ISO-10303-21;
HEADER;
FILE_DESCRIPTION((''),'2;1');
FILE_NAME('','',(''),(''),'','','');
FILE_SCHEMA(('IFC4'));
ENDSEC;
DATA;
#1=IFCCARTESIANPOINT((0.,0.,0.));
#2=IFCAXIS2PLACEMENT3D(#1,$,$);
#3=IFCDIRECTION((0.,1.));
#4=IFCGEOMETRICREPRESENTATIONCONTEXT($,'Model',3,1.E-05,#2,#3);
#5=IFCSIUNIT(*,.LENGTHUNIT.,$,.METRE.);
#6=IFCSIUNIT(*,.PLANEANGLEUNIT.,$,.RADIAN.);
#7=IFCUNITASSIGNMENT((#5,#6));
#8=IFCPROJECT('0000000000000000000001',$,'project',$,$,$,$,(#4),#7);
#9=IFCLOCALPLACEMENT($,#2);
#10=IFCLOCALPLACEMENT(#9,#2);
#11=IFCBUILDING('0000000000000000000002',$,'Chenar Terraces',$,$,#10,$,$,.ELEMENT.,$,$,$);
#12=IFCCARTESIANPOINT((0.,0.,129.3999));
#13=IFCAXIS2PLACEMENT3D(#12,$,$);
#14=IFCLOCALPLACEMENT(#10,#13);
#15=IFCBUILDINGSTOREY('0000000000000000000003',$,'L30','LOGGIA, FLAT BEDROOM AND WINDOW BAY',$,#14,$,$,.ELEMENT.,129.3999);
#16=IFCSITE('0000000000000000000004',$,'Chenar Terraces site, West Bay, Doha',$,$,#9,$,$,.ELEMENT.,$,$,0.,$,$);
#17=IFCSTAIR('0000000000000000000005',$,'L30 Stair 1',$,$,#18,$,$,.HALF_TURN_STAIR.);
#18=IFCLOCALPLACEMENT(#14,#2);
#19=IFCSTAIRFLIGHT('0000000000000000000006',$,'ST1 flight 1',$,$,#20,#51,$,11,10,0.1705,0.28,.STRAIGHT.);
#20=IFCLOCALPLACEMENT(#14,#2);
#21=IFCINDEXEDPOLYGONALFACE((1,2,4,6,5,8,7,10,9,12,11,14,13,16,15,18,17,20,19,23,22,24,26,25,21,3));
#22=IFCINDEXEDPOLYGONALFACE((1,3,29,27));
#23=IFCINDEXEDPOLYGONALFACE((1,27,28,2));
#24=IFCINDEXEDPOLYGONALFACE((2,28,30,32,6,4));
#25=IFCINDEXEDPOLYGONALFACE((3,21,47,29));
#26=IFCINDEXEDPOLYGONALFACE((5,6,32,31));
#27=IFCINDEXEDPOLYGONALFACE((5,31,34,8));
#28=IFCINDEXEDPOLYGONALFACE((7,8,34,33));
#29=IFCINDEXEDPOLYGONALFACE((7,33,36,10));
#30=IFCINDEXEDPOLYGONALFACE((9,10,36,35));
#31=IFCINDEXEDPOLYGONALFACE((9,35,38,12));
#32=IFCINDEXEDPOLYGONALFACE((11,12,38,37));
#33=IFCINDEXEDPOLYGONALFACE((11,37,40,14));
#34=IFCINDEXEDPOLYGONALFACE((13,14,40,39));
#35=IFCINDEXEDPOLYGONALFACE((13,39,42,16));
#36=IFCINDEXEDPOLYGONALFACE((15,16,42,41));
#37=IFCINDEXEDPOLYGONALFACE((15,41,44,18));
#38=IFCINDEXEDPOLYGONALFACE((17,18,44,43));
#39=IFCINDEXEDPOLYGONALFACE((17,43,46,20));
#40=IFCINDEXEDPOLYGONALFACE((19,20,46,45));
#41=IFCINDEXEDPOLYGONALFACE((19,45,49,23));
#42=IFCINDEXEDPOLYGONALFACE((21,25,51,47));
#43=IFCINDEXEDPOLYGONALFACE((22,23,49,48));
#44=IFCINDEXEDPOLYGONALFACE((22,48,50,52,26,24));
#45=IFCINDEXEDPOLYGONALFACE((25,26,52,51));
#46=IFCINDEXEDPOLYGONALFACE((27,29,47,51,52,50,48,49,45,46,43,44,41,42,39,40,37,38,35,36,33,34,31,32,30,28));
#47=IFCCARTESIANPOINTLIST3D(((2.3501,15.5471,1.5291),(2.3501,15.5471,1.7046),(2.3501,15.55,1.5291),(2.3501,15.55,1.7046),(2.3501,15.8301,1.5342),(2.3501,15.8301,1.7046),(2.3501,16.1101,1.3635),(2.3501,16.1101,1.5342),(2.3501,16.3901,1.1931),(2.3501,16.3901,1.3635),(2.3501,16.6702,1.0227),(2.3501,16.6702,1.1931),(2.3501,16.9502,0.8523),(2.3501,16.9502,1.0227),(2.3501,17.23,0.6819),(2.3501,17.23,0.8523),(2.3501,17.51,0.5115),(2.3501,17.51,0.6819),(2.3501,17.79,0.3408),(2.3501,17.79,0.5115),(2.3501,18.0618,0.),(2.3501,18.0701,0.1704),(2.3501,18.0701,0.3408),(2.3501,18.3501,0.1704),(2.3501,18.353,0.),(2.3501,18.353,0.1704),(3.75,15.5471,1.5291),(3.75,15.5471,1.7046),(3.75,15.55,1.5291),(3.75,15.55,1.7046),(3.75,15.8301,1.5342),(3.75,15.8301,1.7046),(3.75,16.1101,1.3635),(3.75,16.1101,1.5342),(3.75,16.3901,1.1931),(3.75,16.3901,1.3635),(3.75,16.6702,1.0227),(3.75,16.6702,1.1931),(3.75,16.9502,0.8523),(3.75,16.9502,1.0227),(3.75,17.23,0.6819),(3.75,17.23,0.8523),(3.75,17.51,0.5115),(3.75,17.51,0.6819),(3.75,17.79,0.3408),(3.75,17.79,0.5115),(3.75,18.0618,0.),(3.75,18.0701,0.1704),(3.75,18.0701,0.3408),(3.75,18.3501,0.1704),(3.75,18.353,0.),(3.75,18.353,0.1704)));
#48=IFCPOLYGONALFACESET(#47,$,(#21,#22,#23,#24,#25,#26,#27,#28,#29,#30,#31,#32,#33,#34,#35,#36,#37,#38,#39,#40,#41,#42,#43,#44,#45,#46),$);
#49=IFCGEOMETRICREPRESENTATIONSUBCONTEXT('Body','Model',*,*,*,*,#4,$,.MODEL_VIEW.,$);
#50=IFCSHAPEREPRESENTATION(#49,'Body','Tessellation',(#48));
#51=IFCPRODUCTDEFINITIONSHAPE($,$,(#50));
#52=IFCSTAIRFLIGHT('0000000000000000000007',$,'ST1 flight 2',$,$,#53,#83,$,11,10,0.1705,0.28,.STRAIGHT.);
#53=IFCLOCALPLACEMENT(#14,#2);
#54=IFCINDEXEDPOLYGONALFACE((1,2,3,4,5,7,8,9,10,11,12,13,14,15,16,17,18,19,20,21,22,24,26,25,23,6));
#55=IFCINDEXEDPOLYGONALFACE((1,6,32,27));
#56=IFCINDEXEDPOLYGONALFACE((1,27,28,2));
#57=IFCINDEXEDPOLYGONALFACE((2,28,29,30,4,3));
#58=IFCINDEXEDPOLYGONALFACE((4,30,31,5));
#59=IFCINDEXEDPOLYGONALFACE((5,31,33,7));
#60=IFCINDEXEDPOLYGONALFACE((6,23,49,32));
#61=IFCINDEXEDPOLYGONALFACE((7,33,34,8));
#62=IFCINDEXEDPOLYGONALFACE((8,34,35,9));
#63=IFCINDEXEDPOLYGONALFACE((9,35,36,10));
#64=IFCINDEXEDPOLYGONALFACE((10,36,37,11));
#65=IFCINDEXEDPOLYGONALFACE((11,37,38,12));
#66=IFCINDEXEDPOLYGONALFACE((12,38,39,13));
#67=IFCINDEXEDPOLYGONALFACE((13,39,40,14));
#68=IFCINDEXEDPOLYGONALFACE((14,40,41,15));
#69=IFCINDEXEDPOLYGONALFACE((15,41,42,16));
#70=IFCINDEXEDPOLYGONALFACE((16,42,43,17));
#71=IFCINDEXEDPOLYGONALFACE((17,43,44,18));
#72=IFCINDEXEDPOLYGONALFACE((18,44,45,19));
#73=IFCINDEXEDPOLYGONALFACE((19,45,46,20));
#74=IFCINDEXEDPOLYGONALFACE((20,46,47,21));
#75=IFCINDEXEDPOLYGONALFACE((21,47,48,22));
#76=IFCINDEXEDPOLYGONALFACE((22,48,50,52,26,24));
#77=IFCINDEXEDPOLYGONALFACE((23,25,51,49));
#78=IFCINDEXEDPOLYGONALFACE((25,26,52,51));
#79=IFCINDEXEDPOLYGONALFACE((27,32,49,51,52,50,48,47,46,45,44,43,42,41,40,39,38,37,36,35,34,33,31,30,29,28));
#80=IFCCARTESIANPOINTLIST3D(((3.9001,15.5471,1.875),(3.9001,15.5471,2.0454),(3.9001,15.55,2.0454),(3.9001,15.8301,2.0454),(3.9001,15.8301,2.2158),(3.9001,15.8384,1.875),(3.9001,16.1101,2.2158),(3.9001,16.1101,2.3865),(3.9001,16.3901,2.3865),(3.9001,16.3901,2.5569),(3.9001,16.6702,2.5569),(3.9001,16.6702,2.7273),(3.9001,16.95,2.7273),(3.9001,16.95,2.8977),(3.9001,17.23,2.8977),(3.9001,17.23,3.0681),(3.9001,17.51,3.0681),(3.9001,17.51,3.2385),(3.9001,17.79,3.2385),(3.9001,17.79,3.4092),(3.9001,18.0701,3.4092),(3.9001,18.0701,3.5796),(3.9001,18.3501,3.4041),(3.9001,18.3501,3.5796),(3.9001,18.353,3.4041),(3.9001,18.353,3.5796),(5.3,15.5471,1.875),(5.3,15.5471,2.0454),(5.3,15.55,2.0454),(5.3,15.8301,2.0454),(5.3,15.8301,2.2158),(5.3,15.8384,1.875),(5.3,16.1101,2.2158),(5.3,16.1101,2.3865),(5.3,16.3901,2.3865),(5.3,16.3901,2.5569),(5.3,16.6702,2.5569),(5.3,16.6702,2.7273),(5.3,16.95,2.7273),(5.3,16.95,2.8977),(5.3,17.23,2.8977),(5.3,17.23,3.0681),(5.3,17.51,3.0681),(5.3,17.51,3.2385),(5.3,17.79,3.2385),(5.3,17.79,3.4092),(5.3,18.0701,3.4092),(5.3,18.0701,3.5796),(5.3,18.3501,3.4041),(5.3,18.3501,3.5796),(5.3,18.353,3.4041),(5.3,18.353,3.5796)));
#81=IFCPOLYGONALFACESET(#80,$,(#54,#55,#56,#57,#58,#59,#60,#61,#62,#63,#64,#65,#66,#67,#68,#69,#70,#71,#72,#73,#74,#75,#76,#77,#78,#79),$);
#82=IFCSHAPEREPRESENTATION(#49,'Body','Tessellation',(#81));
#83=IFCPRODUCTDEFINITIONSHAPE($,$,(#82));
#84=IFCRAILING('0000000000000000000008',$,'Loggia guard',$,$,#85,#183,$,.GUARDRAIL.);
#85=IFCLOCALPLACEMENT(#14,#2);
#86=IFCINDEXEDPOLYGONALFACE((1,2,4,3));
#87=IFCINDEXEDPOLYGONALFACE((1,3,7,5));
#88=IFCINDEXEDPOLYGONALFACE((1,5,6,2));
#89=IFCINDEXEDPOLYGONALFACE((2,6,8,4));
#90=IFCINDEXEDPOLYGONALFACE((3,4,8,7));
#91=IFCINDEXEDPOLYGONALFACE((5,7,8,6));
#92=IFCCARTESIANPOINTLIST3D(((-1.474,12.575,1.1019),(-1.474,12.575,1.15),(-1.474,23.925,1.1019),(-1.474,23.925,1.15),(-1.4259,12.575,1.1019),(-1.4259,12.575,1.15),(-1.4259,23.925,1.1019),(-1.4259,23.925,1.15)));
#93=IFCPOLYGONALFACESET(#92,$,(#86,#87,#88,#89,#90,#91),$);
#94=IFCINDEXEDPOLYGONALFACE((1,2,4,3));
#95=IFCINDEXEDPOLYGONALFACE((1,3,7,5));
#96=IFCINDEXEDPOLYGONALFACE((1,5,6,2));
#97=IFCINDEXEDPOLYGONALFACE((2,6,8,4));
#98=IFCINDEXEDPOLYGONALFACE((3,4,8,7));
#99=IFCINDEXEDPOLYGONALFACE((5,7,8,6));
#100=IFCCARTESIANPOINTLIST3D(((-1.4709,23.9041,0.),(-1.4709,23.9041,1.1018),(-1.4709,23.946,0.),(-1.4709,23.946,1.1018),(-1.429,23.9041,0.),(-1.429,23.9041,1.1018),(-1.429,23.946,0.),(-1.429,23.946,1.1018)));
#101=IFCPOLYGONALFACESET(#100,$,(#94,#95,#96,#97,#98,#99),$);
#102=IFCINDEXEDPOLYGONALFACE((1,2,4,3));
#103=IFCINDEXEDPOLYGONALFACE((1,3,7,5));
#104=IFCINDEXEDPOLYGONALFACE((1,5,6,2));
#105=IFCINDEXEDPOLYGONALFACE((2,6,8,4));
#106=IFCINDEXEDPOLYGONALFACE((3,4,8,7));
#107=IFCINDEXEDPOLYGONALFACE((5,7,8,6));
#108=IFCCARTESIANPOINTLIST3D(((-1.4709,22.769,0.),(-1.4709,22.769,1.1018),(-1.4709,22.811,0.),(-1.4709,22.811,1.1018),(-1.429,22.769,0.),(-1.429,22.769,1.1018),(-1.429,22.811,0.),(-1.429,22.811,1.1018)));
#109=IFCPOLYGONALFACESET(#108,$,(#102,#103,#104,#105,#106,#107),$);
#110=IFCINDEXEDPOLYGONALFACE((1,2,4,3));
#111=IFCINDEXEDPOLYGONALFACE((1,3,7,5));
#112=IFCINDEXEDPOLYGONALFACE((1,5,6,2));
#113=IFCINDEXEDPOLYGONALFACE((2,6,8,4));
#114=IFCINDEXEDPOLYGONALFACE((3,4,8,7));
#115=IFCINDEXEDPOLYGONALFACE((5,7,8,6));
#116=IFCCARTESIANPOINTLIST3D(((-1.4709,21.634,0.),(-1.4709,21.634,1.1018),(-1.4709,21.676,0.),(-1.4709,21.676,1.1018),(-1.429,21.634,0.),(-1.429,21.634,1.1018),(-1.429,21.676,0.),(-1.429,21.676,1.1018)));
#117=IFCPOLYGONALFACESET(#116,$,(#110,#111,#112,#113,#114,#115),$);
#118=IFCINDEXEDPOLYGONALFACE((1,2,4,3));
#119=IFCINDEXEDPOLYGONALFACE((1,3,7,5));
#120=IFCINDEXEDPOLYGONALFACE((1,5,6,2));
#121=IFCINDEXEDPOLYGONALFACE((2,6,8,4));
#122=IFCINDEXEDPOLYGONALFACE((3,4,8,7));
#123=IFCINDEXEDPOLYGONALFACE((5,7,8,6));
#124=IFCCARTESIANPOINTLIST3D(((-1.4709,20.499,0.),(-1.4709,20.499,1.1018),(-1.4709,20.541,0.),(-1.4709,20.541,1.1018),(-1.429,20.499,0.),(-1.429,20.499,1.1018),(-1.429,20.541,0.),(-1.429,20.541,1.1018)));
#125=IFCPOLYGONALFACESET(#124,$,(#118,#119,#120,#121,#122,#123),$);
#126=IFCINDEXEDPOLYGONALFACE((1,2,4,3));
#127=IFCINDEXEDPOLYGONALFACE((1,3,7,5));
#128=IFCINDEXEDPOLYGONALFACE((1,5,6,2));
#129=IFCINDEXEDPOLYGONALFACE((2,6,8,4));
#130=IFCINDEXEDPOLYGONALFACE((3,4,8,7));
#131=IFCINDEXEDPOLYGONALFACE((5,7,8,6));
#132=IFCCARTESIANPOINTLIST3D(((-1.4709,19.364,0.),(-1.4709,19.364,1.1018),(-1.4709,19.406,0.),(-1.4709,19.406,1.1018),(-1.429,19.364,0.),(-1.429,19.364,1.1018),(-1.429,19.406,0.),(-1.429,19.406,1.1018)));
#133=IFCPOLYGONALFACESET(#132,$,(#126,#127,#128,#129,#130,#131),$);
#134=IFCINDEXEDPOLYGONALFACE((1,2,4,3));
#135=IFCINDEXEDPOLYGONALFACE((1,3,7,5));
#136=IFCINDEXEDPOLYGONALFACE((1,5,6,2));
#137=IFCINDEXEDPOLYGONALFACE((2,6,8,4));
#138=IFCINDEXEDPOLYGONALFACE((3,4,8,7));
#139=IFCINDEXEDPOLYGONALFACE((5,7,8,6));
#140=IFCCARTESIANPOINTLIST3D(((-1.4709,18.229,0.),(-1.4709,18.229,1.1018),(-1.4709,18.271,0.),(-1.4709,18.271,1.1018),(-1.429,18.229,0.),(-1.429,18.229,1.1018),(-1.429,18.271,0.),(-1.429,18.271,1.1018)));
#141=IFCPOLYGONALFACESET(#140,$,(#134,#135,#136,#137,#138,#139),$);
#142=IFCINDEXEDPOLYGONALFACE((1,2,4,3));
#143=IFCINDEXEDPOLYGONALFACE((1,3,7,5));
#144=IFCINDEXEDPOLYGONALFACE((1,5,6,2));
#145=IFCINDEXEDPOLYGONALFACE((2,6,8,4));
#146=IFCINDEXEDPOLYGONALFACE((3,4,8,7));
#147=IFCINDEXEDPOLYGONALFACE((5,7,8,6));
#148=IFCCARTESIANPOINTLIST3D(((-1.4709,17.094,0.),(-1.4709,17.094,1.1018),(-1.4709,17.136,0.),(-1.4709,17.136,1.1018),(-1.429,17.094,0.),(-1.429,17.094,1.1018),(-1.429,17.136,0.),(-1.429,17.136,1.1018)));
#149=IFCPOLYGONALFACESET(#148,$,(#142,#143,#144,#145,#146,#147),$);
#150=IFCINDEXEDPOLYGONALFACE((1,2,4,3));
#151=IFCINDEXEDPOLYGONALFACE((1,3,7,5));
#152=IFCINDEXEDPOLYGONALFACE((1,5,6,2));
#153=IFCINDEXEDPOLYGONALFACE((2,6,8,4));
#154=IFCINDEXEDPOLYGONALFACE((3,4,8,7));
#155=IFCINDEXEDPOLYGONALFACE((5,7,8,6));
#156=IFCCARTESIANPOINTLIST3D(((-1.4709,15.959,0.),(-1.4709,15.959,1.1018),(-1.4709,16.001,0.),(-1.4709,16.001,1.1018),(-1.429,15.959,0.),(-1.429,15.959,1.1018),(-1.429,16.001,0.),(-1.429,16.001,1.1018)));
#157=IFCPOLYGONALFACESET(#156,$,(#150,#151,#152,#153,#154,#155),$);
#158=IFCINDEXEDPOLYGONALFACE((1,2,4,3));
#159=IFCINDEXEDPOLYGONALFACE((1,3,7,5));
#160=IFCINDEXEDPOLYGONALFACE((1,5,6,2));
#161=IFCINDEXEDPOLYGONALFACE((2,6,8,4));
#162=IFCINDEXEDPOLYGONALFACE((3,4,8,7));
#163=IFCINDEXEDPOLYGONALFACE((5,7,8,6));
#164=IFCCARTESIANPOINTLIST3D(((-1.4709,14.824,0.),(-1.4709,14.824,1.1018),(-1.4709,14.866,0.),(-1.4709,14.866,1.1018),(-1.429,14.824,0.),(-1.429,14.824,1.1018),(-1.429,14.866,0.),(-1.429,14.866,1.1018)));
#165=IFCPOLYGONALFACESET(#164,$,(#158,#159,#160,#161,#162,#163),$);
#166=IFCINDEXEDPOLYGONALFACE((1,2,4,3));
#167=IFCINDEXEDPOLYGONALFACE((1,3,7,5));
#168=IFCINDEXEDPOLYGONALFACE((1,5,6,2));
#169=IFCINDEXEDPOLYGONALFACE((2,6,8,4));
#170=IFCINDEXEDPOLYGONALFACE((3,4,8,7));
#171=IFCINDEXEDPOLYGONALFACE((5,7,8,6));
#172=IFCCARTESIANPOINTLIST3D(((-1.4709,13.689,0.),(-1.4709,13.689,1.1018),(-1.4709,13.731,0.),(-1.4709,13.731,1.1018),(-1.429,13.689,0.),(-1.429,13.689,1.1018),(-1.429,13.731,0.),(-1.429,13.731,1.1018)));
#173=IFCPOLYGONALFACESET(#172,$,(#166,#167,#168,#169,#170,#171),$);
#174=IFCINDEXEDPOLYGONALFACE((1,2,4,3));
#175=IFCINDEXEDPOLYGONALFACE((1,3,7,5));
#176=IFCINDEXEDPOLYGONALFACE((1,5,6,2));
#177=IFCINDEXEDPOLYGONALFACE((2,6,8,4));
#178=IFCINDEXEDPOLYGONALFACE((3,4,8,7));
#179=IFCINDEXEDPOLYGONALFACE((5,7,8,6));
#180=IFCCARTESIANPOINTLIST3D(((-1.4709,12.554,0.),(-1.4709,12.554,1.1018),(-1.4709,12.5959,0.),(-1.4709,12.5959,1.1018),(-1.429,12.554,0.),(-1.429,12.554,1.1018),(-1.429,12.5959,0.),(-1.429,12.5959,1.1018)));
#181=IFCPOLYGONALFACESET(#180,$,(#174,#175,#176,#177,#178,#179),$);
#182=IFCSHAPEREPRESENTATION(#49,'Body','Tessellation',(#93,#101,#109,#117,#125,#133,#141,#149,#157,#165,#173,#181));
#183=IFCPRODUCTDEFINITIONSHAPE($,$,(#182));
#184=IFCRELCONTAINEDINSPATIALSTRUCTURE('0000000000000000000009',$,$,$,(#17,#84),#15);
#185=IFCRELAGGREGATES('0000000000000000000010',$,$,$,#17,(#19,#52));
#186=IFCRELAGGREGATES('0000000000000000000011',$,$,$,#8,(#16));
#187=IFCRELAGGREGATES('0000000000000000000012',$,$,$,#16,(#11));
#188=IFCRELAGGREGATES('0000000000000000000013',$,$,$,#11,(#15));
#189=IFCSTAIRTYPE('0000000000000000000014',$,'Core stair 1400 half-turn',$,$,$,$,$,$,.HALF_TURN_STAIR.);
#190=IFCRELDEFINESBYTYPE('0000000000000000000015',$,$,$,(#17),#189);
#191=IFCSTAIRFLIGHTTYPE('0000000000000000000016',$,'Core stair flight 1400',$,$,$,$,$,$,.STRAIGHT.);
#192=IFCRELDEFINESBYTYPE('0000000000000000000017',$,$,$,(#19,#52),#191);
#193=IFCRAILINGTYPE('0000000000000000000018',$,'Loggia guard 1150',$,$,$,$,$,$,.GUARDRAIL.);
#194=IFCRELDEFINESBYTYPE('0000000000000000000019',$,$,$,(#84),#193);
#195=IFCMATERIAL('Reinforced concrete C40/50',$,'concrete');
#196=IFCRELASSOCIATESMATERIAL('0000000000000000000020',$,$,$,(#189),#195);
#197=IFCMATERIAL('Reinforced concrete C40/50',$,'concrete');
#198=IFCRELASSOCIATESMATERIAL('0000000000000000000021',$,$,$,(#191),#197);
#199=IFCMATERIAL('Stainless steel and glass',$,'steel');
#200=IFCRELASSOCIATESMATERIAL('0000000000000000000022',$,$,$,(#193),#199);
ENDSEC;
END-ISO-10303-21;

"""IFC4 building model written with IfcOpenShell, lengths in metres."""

from ifc_helpers import new_model, si_unit, direction, frame, origin, origin_2d, place, context, subcontext, project, spatial, polyline, rectangle, outline, extrude, material, type_object, element, aggregate, save


model = new_model("IFC4")

# Units and contexts
model_context = context("Model", 3, precision=1e-05, world=origin(), true_north=direction((0.0, 1.0)))
body_context = subcontext(model_context, "Body", "Model", "MODEL_VIEW")
ifc_project = project(units=[si_unit("LENGTHUNIT", "METRE"), si_unit("PLANEANGLEUNIT", "RADIAN")], contexts=[model_context])

# Site, building, storey
site_placement = place(None, origin())
site = spatial("IfcSite", under=ifc_project, at=site_placement, Name="Chenar Terraces site, West Bay, Doha", CompositionType="ELEMENT", RefElevation=0.0)
building_placement = place(site_placement, origin())
building = spatial("IfcBuilding", under=site, at=building_placement, Name="Chenar Terraces", CompositionType="ELEMENT")
storey_placement = place(building_placement, frame((0.0, 0.0, 129.3999)))
storey = spatial("IfcBuildingStorey", under=building, at=storey_placement, Name="L30", Description="LOGGIA, FLAT BEDROOM AND WINDOW BAY", CompositionType="ELEMENT", Elevation=129.3999)

# Stair, stair flights
ifc_material_1 = material(Name="Reinforced concrete C40/50", Category="concrete")
stair_type = type_object("IfcStairType", Name="Core stair 1400 half-turn", PredefinedType="HALF_TURN_STAIR", material=ifc_material_1)
stair_placement = place(storey_placement, origin())
stair = element("IfcStair", 1, at=stair_placement, inside=storey, type_object=stair_type, Name="L30 Stair 1", PredefinedType="HALF_TURN_STAIR")
ifc_material_2 = material(Name="Reinforced concrete C40/50", Category="concrete")
stair_flight_type = type_object("IfcStairFlightType", Name="Core stair flight 1400", PredefinedType="STRAIGHT", material=ifc_material_2)
stair_flight_1_placement = place(storey_placement, frame((3.05, 18.3501, 0.0), z_axis=(0.0, 0.0, 1.0), x_axis=(0.0, -1.0, 0.0)))
stair_flight_1 = element("IfcStairFlight", 2, at=stair_flight_1_placement, type_object=stair_flight_type, Name="ST1 flight 1", NumberOfRisers=11, NumberOfTreads=10, PredefinedType="STRAIGHT", RiserHeight=0.1705, TreadLength=0.28, context=body_context, shape_type="SweptSolid", body=[
    extrude(outline(polyline([(-0.0029, 0.0), (-0.0029, 0.1704), (0.0, 0.1704), (0.28, 0.1704), (0.28, 0.3408), (0.5601, 0.3408), (0.5601, 0.5115), (0.8401, 0.5115), (0.8401, 0.6819), (1.1201, 0.6819), (1.1201, 0.8523), (1.3999, 0.8523), (1.3999, 1.0227), (1.6799, 1.0227), (1.6799, 1.1931), (1.96, 1.1931), (1.96, 1.3635), (2.24, 1.3635), (2.24, 1.5342), (2.52, 1.5342), (2.52, 1.7046), (2.8, 1.7046), (2.803, 1.7046), (2.803, 1.5291), (2.8, 1.5291), (0.2883, 0.0), (-0.0029, 0.0)])), frame((0.0, 0.7, 0.0), z_axis=(0.0, -1.0, 0.0), x_axis=(1.0, 0.0, 0.0)), (0.0, 0.0, 1.0), 1.3999),
])
stair_flight_2_placement = place(storey_placement, frame((4.6001, 15.55, 1.875), z_axis=(0.0, 0.0, 1.0), x_axis=(0.0, 1.0, 0.0)))
stair_flight_2 = element("IfcStairFlight", 3, at=stair_flight_2_placement, type_object=stair_flight_type, Name="ST1 flight 2", NumberOfRisers=11, NumberOfTreads=10, PredefinedType="STRAIGHT", RiserHeight=0.1705, TreadLength=0.28, context=body_context, shape_type="SweptSolid", body=[
    extrude(outline(polyline([(-0.0029, 0.0), (-0.0029, 0.1704), (0.0, 0.1704), (0.28, 0.1704), (0.28, 0.3408), (0.5601, 0.3408), (0.5601, 0.5115), (0.8401, 0.5115), (0.8401, 0.6819), (1.1201, 0.6819), (1.1201, 0.8523), (1.3999, 0.8523), (1.3999, 1.0227), (1.6799, 1.0227), (1.6799, 1.1931), (1.96, 1.1931), (1.96, 1.3635), (2.24, 1.3635), (2.24, 1.5342), (2.52, 1.5342), (2.52, 1.7046), (2.8, 1.7046), (2.803, 1.7046), (2.803, 1.5291), (2.8, 1.5291), (0.2883, 0.0), (-0.0029, 0.0)])), frame((0.0, 0.7, 0.0), z_axis=(0.0, -1.0, 0.0), x_axis=(1.0, 0.0, 0.0)), (0.0, 0.0, 1.0), 1.3999),
])
aggregate(stair, [stair_flight_1, stair_flight_2])

# Railing
ifc_material_3 = material(Name="Stainless steel and glass", Category="steel")
railing_type_1 = type_object("IfcRailingType", Name="Loggia guard 1150", PredefinedType="GUARDRAIL", material=ifc_material_3)
railing_1_placement = place(storey_placement, frame((-1.45, 23.925, 0.0)))
element("IfcRailing", 4, at=railing_1_placement, inside=storey, type_object=railing_type_1, Name="Loggia guard", PredefinedType="GUARDRAIL", context=body_context, shape_type="SweptSolid", body=[
    extrude(rectangle(XDim=0.0481, YDim=0.0481, at=origin_2d()), frame((0.0, 0.0, 1.126), z_axis=(0.0, -1.0, 0.0), x_axis=(1.0, 0.0, 0.0)), (0.0, 0.0, 1.0), 11.3501),
    extrude(rectangle(XDim=0.042, YDim=0.042, at=origin_2d()), origin(), (0.0, 0.0, 1.0), 1.1018),
    extrude(rectangle(XDim=0.042, YDim=0.042, at=origin_2d()), frame((0.0, -1.135, 0.0)), (0.0, 0.0, 1.0), 1.1018),
    extrude(rectangle(XDim=0.042, YDim=0.042, at=origin_2d()), frame((0.0, -2.27, 0.0)), (0.0, 0.0, 1.0), 1.1018),
    extrude(rectangle(XDim=0.042, YDim=0.042, at=origin_2d()), frame((0.0, -3.405, 0.0)), (0.0, 0.0, 1.0), 1.1018),
    extrude(rectangle(XDim=0.042, YDim=0.042, at=origin_2d()), frame((0.0, -4.54, 0.0)), (0.0, 0.0, 1.0), 1.1018),
    extrude(rectangle(XDim=0.042, YDim=0.042, at=origin_2d()), frame((0.0, -5.675, 0.0)), (0.0, 0.0, 1.0), 1.1018),
    extrude(rectangle(XDim=0.042, YDim=0.042, at=origin_2d()), frame((0.0, -6.8101, 0.0)), (0.0, 0.0, 1.0), 1.1018),
    extrude(rectangle(XDim=0.042, YDim=0.042, at=origin_2d()), frame((0.0, -7.9451, 0.0)), (0.0, 0.0, 1.0), 1.1018),
    extrude(rectangle(XDim=0.042, YDim=0.042, at=origin_2d()), frame((0.0, -9.0801, 0.0)), (0.0, 0.0, 1.0), 1.1018),
    extrude(rectangle(XDim=0.042, YDim=0.042, at=origin_2d()), frame((0.0, -10.2151, 0.0)), (0.0, 0.0, 1.0), 1.1018),
    extrude(rectangle(XDim=0.042, YDim=0.042, at=origin_2d()), frame((0.0, -11.3501, 0.0)), (0.0, 0.0, 1.0), 1.1018),
])

save(model, "model.ifc")
